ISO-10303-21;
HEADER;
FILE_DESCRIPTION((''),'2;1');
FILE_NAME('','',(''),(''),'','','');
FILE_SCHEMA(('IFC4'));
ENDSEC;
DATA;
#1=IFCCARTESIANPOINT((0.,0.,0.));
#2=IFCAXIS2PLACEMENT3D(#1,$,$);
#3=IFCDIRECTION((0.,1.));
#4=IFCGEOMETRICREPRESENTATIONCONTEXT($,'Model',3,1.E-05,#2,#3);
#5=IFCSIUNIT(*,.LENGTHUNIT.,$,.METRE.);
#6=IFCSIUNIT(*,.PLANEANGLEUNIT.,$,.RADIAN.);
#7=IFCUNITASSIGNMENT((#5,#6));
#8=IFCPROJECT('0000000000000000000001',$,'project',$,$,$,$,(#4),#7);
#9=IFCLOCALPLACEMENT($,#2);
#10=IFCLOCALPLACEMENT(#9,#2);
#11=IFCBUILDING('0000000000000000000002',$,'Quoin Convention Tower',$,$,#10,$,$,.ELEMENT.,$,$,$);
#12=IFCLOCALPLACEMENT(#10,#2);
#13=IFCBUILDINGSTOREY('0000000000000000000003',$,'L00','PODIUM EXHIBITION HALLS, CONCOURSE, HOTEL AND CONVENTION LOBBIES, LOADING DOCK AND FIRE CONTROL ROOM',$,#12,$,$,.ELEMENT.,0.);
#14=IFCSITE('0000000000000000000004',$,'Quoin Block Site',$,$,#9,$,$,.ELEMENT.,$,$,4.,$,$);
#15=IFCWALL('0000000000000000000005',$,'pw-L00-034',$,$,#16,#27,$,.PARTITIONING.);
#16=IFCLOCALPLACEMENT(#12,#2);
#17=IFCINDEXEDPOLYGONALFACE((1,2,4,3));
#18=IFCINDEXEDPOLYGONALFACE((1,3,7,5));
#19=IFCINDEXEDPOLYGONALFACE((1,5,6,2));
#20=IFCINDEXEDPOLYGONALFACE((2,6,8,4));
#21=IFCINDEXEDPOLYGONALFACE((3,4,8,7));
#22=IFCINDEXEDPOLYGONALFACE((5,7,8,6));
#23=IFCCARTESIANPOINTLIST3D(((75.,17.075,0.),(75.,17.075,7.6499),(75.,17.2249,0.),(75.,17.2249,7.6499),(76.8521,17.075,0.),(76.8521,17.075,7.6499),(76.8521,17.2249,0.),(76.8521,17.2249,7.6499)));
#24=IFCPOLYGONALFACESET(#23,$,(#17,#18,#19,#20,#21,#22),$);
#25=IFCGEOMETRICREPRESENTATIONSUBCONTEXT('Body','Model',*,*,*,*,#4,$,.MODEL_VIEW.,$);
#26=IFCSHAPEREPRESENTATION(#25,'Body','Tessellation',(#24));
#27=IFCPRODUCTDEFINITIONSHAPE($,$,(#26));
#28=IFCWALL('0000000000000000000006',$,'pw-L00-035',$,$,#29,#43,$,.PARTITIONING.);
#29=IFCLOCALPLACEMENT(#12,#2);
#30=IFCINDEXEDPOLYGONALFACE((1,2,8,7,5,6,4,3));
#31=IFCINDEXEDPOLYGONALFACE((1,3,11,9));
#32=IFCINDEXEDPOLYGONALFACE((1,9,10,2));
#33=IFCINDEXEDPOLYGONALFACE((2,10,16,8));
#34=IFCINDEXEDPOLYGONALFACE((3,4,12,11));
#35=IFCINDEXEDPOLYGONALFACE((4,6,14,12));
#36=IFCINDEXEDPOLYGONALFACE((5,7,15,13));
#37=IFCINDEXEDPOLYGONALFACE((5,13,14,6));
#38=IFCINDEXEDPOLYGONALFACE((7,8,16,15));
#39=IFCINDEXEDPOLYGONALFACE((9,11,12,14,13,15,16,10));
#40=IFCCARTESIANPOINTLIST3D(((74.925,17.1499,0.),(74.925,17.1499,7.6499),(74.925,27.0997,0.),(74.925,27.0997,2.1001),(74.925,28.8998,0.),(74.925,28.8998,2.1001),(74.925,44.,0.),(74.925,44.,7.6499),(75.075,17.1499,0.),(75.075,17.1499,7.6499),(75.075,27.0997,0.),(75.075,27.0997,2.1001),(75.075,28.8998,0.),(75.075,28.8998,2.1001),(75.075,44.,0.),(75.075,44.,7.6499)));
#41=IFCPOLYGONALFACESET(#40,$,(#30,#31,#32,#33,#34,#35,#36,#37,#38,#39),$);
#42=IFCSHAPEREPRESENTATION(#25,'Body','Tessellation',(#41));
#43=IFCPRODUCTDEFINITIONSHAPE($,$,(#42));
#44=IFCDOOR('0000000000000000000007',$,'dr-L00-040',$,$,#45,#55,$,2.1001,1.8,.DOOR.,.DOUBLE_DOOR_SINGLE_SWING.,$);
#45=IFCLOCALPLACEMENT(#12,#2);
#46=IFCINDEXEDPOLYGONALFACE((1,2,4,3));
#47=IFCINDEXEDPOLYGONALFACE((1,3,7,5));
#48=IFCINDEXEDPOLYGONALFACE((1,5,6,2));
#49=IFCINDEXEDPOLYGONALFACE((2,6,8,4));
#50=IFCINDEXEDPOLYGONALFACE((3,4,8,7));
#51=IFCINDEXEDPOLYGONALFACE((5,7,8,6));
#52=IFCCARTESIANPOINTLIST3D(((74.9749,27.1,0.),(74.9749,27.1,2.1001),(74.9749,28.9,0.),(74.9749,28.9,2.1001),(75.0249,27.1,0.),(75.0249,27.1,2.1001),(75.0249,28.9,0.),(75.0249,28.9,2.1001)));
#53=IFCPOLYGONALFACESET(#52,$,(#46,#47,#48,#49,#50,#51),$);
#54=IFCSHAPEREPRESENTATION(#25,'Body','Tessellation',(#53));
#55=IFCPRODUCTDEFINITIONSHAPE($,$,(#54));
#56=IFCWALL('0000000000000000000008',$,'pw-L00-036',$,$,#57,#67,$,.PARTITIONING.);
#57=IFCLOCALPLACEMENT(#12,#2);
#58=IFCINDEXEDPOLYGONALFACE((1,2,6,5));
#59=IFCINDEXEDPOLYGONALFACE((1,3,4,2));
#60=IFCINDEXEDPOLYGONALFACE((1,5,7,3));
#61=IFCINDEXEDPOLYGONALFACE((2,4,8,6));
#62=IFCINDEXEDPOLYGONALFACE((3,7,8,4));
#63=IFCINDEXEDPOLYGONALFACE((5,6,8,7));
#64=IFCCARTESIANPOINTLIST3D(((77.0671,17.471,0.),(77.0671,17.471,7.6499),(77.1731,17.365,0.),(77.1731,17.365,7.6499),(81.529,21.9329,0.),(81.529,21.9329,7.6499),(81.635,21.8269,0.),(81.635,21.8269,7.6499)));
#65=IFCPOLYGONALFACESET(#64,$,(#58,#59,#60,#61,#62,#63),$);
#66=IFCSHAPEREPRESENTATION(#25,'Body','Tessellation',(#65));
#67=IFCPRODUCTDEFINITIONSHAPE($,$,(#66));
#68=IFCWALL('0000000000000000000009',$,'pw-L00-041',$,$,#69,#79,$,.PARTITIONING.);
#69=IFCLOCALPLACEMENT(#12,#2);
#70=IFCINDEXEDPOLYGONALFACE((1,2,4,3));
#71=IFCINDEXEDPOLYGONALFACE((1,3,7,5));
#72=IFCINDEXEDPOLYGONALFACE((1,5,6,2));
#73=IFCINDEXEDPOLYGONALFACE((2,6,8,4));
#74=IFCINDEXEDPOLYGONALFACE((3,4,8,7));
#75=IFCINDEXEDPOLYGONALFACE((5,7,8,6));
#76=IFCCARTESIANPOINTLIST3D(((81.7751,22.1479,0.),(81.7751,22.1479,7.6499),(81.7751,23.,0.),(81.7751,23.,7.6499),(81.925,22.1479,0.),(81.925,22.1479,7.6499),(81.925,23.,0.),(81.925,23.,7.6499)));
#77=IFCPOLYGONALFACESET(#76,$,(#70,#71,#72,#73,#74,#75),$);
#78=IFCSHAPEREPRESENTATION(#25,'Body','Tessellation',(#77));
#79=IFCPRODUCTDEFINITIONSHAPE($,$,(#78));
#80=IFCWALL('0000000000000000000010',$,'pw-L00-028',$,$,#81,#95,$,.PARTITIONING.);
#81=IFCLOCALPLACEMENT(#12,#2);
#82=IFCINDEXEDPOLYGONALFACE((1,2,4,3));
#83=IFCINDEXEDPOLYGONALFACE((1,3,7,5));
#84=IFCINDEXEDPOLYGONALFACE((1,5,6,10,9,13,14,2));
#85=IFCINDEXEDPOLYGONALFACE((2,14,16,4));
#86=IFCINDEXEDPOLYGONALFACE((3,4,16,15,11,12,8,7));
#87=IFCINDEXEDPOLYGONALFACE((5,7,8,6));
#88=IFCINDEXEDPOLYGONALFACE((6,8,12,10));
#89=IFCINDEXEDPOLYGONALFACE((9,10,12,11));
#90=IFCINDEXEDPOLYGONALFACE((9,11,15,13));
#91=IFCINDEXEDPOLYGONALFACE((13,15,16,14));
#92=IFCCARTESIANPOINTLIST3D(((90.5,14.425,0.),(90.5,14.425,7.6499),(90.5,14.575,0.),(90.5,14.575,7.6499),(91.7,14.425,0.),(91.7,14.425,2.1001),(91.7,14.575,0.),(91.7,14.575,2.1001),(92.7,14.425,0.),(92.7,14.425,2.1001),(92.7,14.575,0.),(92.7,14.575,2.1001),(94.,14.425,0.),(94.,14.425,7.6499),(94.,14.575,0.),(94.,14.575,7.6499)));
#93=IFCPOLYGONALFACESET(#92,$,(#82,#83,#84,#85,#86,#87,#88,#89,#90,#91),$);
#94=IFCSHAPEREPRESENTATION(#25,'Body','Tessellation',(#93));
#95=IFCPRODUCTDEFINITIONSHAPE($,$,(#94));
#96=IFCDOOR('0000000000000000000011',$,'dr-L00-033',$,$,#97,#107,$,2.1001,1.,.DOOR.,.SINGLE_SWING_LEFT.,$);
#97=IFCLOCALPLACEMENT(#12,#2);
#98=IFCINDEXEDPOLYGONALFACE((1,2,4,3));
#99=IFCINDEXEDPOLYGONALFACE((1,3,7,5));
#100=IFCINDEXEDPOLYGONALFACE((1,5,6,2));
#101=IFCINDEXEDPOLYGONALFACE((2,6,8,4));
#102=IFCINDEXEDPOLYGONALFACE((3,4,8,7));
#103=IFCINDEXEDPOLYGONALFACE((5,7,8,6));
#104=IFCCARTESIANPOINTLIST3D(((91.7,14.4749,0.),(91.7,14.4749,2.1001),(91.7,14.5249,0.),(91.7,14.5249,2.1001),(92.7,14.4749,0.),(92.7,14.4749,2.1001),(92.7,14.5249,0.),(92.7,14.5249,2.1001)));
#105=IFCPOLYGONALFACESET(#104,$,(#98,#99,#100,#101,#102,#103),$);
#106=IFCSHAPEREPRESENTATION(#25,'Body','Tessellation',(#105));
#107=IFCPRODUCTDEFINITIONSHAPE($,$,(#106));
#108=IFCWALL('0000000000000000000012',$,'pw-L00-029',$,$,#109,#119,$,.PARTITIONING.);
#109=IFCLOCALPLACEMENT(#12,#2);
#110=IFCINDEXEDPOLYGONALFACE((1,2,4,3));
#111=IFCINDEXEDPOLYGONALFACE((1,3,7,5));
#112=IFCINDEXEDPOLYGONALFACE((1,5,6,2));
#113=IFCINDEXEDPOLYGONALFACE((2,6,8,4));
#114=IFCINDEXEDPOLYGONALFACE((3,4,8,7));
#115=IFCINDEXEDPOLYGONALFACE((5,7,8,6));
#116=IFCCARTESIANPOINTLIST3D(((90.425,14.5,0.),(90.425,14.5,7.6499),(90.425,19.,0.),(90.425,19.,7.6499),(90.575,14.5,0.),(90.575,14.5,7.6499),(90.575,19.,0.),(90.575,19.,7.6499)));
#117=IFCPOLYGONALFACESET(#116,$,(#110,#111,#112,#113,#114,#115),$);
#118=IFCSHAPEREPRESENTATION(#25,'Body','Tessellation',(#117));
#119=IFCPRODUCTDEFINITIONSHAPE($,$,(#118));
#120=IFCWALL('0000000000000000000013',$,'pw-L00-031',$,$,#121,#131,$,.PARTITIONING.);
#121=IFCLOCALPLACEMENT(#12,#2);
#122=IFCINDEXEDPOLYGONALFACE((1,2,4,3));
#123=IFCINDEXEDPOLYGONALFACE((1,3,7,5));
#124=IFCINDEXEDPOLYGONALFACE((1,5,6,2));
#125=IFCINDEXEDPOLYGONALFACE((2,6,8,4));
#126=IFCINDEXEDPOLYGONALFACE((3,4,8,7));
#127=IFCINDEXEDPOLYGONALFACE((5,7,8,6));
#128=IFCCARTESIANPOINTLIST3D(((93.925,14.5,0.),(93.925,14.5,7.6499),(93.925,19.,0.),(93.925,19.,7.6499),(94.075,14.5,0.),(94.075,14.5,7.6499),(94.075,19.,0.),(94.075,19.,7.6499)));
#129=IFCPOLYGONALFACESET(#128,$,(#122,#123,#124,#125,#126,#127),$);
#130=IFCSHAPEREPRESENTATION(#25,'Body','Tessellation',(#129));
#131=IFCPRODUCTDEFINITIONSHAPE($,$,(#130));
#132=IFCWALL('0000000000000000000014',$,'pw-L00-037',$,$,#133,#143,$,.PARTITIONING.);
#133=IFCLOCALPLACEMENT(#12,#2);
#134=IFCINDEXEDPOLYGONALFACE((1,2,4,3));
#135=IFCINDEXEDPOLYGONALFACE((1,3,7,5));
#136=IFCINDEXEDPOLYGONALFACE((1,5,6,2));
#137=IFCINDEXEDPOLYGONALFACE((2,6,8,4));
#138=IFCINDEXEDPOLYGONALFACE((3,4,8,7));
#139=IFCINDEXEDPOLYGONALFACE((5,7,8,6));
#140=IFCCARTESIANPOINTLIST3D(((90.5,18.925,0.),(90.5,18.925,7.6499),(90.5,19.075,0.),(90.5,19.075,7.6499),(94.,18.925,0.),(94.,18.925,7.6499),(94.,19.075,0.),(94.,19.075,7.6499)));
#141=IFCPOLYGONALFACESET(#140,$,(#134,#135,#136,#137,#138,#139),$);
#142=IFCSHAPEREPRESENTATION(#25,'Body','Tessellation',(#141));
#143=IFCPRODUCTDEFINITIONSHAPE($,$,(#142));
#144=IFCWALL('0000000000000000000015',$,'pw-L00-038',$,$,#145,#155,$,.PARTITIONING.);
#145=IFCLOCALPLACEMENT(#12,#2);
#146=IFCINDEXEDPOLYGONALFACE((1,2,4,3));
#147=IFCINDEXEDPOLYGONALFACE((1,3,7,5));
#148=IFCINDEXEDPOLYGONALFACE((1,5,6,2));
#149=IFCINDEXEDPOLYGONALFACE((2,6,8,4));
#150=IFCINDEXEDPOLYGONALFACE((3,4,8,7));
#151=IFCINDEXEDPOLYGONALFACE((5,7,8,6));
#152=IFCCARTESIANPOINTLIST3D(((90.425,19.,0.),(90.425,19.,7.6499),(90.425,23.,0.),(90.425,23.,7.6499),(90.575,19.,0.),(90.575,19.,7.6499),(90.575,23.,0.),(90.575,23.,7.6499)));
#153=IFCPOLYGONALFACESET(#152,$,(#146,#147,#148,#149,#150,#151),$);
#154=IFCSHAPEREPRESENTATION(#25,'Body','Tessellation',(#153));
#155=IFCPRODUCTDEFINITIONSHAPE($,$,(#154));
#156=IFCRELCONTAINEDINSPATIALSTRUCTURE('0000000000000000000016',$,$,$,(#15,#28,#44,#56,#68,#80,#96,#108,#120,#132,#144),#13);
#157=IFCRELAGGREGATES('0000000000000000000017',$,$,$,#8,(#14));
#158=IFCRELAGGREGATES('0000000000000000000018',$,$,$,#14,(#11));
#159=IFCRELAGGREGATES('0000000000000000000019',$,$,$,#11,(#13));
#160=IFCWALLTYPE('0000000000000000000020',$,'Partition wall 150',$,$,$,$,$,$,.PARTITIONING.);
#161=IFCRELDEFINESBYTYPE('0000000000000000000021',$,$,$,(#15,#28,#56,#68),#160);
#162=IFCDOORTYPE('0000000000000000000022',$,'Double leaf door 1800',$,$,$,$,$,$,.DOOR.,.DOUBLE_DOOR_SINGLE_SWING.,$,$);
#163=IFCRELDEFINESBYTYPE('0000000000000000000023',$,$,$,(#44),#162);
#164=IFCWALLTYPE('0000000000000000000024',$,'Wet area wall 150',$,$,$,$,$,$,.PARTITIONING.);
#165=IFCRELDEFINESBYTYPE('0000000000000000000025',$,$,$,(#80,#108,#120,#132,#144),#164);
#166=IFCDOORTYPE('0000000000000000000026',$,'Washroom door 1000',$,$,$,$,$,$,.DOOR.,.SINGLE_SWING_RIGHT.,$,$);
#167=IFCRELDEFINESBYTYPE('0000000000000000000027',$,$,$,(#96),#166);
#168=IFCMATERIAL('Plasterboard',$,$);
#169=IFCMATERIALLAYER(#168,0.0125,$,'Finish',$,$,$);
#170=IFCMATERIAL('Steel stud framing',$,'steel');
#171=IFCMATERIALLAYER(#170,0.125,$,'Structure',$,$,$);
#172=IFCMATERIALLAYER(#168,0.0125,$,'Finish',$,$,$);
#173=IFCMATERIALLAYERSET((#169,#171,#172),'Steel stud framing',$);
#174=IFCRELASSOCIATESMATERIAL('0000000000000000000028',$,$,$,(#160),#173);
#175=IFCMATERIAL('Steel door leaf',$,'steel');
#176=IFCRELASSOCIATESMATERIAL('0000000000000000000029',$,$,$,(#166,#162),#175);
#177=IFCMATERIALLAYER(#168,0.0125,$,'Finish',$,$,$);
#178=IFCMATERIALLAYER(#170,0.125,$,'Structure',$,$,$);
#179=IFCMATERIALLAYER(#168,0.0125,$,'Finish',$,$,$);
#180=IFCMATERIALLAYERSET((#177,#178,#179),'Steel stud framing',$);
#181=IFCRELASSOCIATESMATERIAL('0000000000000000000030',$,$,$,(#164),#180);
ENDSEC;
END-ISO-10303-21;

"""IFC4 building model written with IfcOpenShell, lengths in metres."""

from ifc_helpers import new_model, si_unit, direction, frame, frame_2d, origin, place, context, subcontext, project, spatial, rectangle, extrude, material, layer, layer_set, type_object, element, fill, save


model = new_model("IFC4")

# Units and contexts
model_context = context("Model", 3, precision=1e-05, world=origin(), true_north=direction((0.0, 1.0)))
body_context = subcontext(model_context, "Body", "Model", "MODEL_VIEW")
ifc_project = project(units=[si_unit("LENGTHUNIT", "METRE"), si_unit("PLANEANGLEUNIT", "RADIAN")], contexts=[model_context])

# Site, building, storey
site_placement = place(None, origin())
site = spatial("IfcSite", under=ifc_project, at=site_placement, Name="Quoin Block Site", CompositionType="ELEMENT", RefElevation=4.0)
building_placement = place(site_placement, origin())
building = spatial("IfcBuilding", under=site, at=building_placement, Name="Quoin Convention Tower", CompositionType="ELEMENT")
storey_placement = place(building_placement, origin())
storey = spatial("IfcBuildingStorey", under=building, at=storey_placement, Name="L00", Description="PODIUM EXHIBITION HALLS, CONCOURSE, HOTEL AND CONVENTION LOBBIES, LOADING DOCK AND FIRE CONTROL ROOM", CompositionType="ELEMENT", Elevation=0.0)

# Shared definitions
ifc_material_1 = material(Name="Plasterboard")
ifc_material_2 = material(Name="Steel stud framing", Category="steel")

# Shared definitions
ifc_layer_1 = layer(ifc_material_1, 0.0125, Name="Finish")
ifc_layer_2 = layer(ifc_material_2, 0.125, Name="Structure")
ifc_layer_3 = layer(ifc_material_1, 0.0125, Name="Finish")
ifc_layer_set_1 = layer_set([ifc_layer_1, ifc_layer_2, ifc_layer_3], Name="Steel stud framing")
wall_type_1 = type_object("IfcWallType", Name="Partition wall 150", PredefinedType="PARTITIONING", material=ifc_layer_set_1)
ifc_material_3 = material(Name="Steel door leaf", Category="steel")
door_type_1 = type_object("IfcDoorType", Name="Washroom door 1000", OperationType="SINGLE_SWING_RIGHT", PredefinedType="DOOR", material=ifc_material_3)

# Wall
wall_1_placement = place(storey_placement, frame((75.0, 17.1499, 0.0), z_axis=(0.0, 0.0, 1.0), x_axis=(1.0, 0.0, 0.0)))
element("IfcWall", 1, at=wall_1_placement, inside=storey, type_object=wall_type_1, Name="pw-L00-034", PredefinedType="PARTITIONING", context=body_context, shape_type="SweptSolid", body=[
    extrude(rectangle(XDim=1.8521, YDim=0.1499, at=frame_2d((0.926, 0.0))), origin(), (0.0, 0.0, 1.0), 7.6499),
])

# Wall, opening, door
wall_2_placement = place(storey_placement, frame((75.0, 17.1499, 0.0), z_axis=(0.0, 0.0, 1.0), x_axis=(0.0, 1.0, 0.0)))
wall_2 = element("IfcWall", 2, at=wall_2_placement, inside=storey, type_object=wall_type_1, Name="pw-L00-035", PredefinedType="PARTITIONING", context=body_context, shape_type="SweptSolid", body=[
    extrude(rectangle(XDim=26.8501, YDim=0.1499, at=frame_2d((13.425, 0.0))), origin(), (0.0, 0.0, 1.0), 7.6499),
])
opening_1_placement = place(wall_2_placement, frame((9.95, 0.0, 0.0)))
opening_1 = element("IfcOpeningElement", 3, at=opening_1_placement, cuts=wall_2, PredefinedType="OPENING", context=body_context, shape_type="SweptSolid", body=[
    extrude(rectangle(XDim=1.8, YDim=2.1001, at=frame_2d((0.8999, 1.05))), frame((0.0, 0.085, 0.0), z_axis=(0.0, -1.0, 0.0), x_axis=(1.0, 0.0, 0.0)), (0.0, 0.0, 1.0), 0.1699),
])
door_type_2 = type_object("IfcDoorType", Name="Double leaf door 1800", OperationType="DOUBLE_DOOR_SINGLE_SWING", PredefinedType="DOOR", material=ifc_material_3)
door_1_placement = place(opening_1_placement, frame((1.8, 0.0, 0.0), z_axis=(0.0, 0.0, 1.0), x_axis=(-1.0, 0.0, 0.0)))
door_1 = element("IfcDoor", 4, at=door_1_placement, inside=storey, type_object=door_type_2, Name="dr-L00-040", OperationType="DOUBLE_DOOR_SINGLE_SWING", OverallHeight=2.1001, OverallWidth=1.8, PredefinedType="DOOR", context=body_context, shape_type="SweptSolid", body=[
    extrude(rectangle(XDim=1.8, YDim=2.1001, at=frame_2d((0.8999, 1.05))), frame((0.0, 0.0249, 0.0), z_axis=(0.0, -1.0, 0.0), x_axis=(1.0, 0.0, 0.0)), (0.0, 0.0, 1.0), 0.05),
])
fill(opening_1, door_1)

# Walls
wall_3_placement = place(storey_placement, frame((77.1201, 17.418, 0.0), z_axis=(0.0, 0.0, 1.0), x_axis=(0.707107, 0.707107, 0.0)))
element("IfcWall", 5, at=wall_3_placement, inside=storey, type_object=wall_type_1, Name="pw-L00-036", PredefinedType="PARTITIONING", context=body_context, shape_type="SweptSolid", body=[
    extrude(rectangle(XDim=6.3101, YDim=0.1499, at=frame_2d((3.155, 0.0))), origin(), (0.0, 0.0, 1.0), 7.6499),
])
wall_4_placement = place(storey_placement, frame((81.8501, 22.1479, 0.0), z_axis=(0.0, 0.0, 1.0), x_axis=(0.0, 1.0, 0.0)))
element("IfcWall", 6, at=wall_4_placement, inside=storey, type_object=wall_type_1, Name="pw-L00-041", PredefinedType="PARTITIONING", context=body_context, shape_type="SweptSolid", body=[
    extrude(rectangle(XDim=0.8521, YDim=0.1499, at=frame_2d((0.426, 0.0))), origin(), (0.0, 0.0, 1.0), 7.6499),
])

# Wall, opening, door
ifc_layer_4 = layer(ifc_material_1, 0.0125, Name="Finish")
ifc_layer_5 = layer(ifc_material_2, 0.125, Name="Structure")
ifc_layer_6 = layer(ifc_material_1, 0.0125, Name="Finish")
ifc_layer_set_2 = layer_set([ifc_layer_4, ifc_layer_5, ifc_layer_6], Name="Steel stud framing")
wall_type_2 = type_object("IfcWallType", Name="Wet area wall 150", PredefinedType="PARTITIONING", material=ifc_layer_set_2)
wall_5_placement = place(storey_placement, frame((90.5, 14.5, 0.0), z_axis=(0.0, 0.0, 1.0), x_axis=(1.0, 0.0, 0.0)))
wall_5 = element("IfcWall", 7, at=wall_5_placement, inside=storey, type_object=wall_type_2, Name="pw-L00-028", PredefinedType="PARTITIONING", context=body_context, shape_type="SweptSolid", body=[
    extrude(rectangle(XDim=3.5, YDim=0.1499, at=frame_2d((1.75, 0.0))), origin(), (0.0, 0.0, 1.0), 7.6499),
])
opening_2_placement = place(wall_5_placement, frame((1.2, 0.0, 0.0)))
opening_2 = element("IfcOpeningElement", 8, at=opening_2_placement, cuts=wall_5, PredefinedType="OPENING", context=body_context, shape_type="SweptSolid", body=[
    extrude(rectangle(XDim=1.0, YDim=2.1001, at=frame_2d((0.5, 1.05))), frame((0.0, 0.085, 0.0), z_axis=(0.0, -1.0, 0.0), x_axis=(1.0, 0.0, 0.0)), (0.0, 0.0, 1.0), 0.1699),
])
door_2_placement = place(opening_2_placement, origin())
door_2 = element("IfcDoor", 9, at=door_2_placement, inside=storey, type_object=door_type_1, Name="dr-L00-033", OperationType="SINGLE_SWING_LEFT", OverallHeight=2.1001, OverallWidth=1.0, PredefinedType="DOOR", context=body_context, shape_type="SweptSolid", body=[
    extrude(rectangle(XDim=1.0, YDim=2.1001, at=frame_2d((0.5, 1.05))), frame((0.0, 0.0249, 0.0), z_axis=(0.0, -1.0, 0.0), x_axis=(1.0, 0.0, 0.0)), (0.0, 0.0, 1.0), 0.05),
])
fill(opening_2, door_2)

# Walls
for number, where, z_axis, x_axis, name in (
    (10, (90.5, 14.5, 0.0), (0.0, 0.0, 1.0), (0.0, 1.0, 0.0), "pw-L00-029"),
    (11, (94.0, 14.5, 0.0), (0.0, 0.0, 1.0), (0.0, 1.0, 0.0), "pw-L00-031"),
):
    element("IfcWall", number, at=place(storey_placement, frame(where, z_axis=z_axis, x_axis=x_axis)), inside=storey, type_object=wall_type_2, Name=name, PredefinedType="PARTITIONING", context=body_context, shape_type="SweptSolid", body=[
        extrude(rectangle(XDim=4.5, YDim=0.1499, at=frame_2d((2.25, 0.0))), origin(), (0.0, 0.0, 1.0), 7.6499),
    ])
wall_6_placement = place(storey_placement, frame((90.5, 19.0, 0.0), z_axis=(0.0, 0.0, 1.0), x_axis=(1.0, 0.0, 0.0)))
element("IfcWall", 12, at=wall_6_placement, inside=storey, type_object=wall_type_2, Name="pw-L00-037", PredefinedType="PARTITIONING", context=body_context, shape_type="SweptSolid", body=[
    extrude(rectangle(XDim=3.5, YDim=0.1499, at=frame_2d((1.75, 0.0))), origin(), (0.0, 0.0, 1.0), 7.6499),
])
wall_7_placement = place(storey_placement, frame((90.5, 19.0, 0.0), z_axis=(0.0, 0.0, 1.0), x_axis=(0.0, 1.0, 0.0)))
element("IfcWall", 13, at=wall_7_placement, inside=storey, type_object=wall_type_2, Name="pw-L00-038", PredefinedType="PARTITIONING", context=body_context, shape_type="SweptSolid", body=[
    extrude(rectangle(XDim=4.0, YDim=0.1499, at=frame_2d((2.0, 0.0))), origin(), (0.0, 0.0, 1.0), 7.6499),
])

save(model, "model.ifc")
